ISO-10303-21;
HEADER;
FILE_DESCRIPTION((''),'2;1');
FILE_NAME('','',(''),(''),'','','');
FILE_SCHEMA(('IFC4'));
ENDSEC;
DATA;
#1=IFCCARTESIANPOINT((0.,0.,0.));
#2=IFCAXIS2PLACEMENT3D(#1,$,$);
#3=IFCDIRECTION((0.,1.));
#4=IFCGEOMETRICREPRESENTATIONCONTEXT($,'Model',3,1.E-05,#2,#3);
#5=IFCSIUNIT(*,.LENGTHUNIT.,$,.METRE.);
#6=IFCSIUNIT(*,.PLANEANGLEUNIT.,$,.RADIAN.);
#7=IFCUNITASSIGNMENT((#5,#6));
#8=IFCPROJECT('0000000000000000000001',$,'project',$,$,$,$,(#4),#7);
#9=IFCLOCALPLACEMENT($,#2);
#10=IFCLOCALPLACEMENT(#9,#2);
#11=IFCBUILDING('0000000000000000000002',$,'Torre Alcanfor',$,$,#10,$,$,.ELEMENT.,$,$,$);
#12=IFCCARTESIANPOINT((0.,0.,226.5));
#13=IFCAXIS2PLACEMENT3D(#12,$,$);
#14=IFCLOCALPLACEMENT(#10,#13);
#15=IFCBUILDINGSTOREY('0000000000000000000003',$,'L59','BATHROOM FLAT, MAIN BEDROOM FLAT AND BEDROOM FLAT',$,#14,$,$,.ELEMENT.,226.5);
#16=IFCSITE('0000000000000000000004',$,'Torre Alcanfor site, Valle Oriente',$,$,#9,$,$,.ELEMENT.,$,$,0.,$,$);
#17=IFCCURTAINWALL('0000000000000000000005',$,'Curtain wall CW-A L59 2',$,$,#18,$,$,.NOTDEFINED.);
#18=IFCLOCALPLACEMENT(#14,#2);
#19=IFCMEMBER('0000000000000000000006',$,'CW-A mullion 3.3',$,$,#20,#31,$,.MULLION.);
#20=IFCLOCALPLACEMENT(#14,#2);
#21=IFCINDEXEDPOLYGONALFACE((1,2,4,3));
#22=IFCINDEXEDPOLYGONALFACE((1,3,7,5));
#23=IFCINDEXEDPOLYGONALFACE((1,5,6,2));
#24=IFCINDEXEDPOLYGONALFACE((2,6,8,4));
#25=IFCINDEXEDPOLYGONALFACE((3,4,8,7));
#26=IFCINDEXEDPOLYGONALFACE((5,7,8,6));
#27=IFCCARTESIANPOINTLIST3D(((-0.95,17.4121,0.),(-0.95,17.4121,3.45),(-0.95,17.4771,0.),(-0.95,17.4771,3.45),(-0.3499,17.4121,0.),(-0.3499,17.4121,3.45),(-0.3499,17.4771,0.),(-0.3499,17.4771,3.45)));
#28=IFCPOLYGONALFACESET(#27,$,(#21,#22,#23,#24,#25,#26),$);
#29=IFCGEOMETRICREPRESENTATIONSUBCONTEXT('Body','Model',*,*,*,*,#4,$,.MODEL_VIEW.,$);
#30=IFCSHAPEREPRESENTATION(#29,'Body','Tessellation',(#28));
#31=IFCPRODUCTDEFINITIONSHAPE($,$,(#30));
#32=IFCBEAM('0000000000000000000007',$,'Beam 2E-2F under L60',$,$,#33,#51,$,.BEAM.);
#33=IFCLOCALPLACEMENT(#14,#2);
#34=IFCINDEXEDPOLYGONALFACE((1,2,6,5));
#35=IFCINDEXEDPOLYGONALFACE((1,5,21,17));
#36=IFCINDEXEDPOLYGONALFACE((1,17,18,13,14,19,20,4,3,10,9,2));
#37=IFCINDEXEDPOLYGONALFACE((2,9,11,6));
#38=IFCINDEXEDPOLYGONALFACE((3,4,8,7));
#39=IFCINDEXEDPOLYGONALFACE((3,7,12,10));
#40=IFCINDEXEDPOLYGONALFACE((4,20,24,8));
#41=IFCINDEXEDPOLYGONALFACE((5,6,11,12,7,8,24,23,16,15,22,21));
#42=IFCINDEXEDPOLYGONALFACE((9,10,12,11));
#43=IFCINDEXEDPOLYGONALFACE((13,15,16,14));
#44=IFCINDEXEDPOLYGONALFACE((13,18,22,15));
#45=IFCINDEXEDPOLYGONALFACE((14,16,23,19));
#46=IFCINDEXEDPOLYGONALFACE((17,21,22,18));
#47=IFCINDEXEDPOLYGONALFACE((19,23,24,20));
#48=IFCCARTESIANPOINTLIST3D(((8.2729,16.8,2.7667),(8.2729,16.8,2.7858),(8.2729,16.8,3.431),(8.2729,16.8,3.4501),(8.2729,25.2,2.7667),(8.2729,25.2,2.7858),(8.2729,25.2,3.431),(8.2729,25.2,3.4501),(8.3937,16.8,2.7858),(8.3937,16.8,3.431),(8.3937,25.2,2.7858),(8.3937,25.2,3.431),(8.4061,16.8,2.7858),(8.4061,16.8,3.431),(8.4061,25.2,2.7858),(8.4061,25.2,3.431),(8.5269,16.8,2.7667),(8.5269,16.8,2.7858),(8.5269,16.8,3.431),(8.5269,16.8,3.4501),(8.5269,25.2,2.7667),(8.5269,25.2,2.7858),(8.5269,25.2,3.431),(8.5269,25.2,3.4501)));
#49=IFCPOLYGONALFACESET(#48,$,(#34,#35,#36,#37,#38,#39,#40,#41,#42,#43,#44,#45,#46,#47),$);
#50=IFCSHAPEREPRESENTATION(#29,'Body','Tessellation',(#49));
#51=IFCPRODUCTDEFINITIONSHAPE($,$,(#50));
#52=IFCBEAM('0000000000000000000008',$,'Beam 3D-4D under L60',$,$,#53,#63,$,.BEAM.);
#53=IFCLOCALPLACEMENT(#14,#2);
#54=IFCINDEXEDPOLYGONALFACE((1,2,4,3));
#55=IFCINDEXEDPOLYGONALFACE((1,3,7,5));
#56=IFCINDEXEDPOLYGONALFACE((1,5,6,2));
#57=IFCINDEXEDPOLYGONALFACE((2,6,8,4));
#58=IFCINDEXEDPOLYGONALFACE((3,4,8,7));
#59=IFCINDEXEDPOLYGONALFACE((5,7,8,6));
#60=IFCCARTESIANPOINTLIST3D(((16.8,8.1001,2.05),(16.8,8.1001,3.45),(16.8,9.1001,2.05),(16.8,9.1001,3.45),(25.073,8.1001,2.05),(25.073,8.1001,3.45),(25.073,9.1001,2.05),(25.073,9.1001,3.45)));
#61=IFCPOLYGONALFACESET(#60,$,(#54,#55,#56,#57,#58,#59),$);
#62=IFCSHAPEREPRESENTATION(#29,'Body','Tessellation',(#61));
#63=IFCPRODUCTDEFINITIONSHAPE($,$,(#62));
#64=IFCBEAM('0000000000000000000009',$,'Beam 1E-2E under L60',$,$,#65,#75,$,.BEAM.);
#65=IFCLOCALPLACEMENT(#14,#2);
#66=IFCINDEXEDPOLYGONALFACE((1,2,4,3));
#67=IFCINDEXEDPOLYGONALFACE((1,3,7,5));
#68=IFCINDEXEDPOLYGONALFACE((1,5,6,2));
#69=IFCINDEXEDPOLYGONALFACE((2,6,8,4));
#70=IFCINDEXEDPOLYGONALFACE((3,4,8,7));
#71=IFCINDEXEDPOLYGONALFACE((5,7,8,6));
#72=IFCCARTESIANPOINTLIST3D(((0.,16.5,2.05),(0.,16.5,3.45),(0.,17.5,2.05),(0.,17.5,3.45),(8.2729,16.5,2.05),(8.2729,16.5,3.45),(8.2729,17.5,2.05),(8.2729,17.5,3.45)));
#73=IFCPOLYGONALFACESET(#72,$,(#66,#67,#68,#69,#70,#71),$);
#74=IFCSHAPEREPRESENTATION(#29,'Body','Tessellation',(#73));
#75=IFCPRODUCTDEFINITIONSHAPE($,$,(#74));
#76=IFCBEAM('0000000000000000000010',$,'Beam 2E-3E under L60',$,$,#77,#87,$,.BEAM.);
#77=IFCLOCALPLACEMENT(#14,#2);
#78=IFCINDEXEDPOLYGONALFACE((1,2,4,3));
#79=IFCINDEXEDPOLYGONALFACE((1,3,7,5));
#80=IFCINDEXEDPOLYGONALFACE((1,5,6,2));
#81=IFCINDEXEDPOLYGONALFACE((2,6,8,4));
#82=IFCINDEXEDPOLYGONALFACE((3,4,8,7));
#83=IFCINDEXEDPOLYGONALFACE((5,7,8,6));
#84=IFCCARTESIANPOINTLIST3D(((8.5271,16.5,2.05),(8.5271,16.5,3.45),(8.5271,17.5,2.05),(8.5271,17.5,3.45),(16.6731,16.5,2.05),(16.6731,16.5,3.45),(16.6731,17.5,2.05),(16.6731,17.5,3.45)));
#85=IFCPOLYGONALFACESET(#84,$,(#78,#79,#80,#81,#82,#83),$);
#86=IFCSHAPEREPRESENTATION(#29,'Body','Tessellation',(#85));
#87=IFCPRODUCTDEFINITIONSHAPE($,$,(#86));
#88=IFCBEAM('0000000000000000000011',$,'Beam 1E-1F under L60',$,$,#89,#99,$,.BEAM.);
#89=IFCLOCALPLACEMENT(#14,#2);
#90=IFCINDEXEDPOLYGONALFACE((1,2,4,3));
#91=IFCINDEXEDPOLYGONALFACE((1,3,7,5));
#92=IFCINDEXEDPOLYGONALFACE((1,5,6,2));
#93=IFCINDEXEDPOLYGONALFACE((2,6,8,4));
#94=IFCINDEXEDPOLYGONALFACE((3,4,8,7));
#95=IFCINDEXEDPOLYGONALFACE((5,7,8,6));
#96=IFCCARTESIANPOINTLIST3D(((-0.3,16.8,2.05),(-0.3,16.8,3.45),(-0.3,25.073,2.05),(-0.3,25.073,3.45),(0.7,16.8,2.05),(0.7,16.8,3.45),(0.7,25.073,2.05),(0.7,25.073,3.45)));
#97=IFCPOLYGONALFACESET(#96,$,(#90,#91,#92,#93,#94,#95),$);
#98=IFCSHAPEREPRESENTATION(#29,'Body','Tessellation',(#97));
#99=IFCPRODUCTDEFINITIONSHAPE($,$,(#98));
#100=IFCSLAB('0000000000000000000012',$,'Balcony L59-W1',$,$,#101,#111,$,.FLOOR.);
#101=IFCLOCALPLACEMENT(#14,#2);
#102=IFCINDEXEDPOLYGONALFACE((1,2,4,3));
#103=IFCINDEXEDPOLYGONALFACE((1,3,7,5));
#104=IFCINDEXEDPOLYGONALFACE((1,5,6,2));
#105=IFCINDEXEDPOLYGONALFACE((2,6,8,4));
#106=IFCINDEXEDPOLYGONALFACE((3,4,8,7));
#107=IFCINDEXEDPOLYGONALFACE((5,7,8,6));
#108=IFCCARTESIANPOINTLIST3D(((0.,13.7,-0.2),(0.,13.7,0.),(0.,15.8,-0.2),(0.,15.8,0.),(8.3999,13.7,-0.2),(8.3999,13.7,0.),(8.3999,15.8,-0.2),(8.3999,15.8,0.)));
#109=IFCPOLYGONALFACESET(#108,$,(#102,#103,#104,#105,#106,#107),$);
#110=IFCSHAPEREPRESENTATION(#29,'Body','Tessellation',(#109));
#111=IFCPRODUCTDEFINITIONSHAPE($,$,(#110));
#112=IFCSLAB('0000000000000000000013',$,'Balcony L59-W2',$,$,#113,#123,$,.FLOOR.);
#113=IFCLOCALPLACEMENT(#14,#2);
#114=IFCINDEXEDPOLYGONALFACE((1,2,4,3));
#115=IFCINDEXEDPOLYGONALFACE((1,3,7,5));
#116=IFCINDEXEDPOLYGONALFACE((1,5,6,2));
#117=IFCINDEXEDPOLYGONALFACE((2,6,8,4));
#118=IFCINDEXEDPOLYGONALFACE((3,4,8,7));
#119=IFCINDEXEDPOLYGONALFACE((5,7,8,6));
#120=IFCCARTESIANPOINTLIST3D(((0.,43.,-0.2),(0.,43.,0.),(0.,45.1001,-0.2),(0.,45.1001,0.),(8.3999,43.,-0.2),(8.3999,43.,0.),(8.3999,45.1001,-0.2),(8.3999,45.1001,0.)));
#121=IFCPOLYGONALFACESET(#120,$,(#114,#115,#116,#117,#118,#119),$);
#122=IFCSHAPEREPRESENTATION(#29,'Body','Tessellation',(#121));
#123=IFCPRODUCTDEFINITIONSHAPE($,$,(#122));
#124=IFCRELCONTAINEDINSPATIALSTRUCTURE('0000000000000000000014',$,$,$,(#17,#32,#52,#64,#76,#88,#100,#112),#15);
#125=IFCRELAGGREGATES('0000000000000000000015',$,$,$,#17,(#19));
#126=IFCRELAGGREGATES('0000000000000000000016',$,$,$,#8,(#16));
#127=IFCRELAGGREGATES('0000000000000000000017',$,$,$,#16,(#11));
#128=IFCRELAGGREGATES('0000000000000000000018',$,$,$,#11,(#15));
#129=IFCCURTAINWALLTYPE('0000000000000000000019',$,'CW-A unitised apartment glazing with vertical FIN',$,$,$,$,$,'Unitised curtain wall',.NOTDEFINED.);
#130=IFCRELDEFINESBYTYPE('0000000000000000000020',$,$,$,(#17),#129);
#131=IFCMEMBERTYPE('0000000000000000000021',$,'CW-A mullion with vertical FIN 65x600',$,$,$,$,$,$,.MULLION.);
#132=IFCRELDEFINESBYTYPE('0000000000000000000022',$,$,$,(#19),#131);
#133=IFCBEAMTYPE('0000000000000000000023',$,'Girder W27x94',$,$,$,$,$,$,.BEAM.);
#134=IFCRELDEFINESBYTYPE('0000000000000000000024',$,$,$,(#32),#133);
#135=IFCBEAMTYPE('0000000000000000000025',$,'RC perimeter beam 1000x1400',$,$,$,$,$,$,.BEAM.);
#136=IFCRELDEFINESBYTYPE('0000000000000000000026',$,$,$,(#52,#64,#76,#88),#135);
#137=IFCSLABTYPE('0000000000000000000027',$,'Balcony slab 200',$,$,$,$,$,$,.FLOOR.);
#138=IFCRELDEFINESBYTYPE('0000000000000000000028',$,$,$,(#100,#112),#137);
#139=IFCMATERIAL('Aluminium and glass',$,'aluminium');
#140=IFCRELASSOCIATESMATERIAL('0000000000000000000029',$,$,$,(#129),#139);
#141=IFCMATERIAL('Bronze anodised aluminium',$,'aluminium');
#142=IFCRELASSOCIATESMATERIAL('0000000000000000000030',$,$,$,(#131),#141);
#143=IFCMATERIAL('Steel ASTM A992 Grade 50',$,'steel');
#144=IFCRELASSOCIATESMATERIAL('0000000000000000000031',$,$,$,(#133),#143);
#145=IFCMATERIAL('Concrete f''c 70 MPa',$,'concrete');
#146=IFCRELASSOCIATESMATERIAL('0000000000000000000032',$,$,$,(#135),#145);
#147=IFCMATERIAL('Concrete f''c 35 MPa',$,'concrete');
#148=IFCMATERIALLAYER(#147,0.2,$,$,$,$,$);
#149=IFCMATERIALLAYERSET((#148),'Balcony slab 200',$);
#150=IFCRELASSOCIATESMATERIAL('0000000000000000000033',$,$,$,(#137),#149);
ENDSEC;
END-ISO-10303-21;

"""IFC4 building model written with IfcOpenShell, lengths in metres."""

from ifc_helpers import new_model, si_unit, direction, frame, origin, origin_2d, place, context, subcontext, project, spatial, polyline, rectangle, i_section, outline, extrude, material, layer, layer_set, material_profile, profile_set, type_object, element, aggregate, save


model = new_model("IFC4")

# Units and contexts
model_context = context("Model", 3, precision=1e-05, world=origin(), true_north=direction((0.0, 1.0)))
body_context = subcontext(model_context, "Body", "Model", "MODEL_VIEW")
ifc_project = project(units=[si_unit("LENGTHUNIT", "METRE"), si_unit("PLANEANGLEUNIT", "RADIAN")], contexts=[model_context])

# Site, building, storey
site_placement = place(None, origin())
site = spatial("IfcSite", under=ifc_project, at=site_placement, Name="Torre Alcanfor site, Valle Oriente", CompositionType="ELEMENT", RefElevation=0.0)
building_placement = place(site_placement, origin())
building = spatial("IfcBuilding", under=site, at=building_placement, Name="Torre Alcanfor", CompositionType="ELEMENT")
storey_placement = place(building_placement, frame((0.0, 0.0, 226.5)))
storey = spatial("IfcBuildingStorey", under=building, at=storey_placement, Name="L59", Description="BATHROOM FLAT, MAIN BEDROOM FLAT AND BEDROOM FLAT", CompositionType="ELEMENT", Elevation=226.5)

# Curtain wall, member
ifc_material_1 = material(Name="Aluminium and glass", Category="aluminium")
curtain_wall_type = type_object("IfcCurtainWallType", Name="CW-A unitised apartment glazing with vertical FIN", ElementType="Unitised curtain wall", PredefinedType="NOTDEFINED", material=ifc_material_1)
curtain_wall_placement = place(storey_placement, origin())
curtain_wall = element("IfcCurtainWall", 1, at=curtain_wall_placement, inside=storey, type_object=curtain_wall_type, Name="Curtain wall CW-A L59 2", PredefinedType="NOTDEFINED")
ifc_material_2 = material(Name="Bronze anodised aluminium", Category="aluminium")
ifc_material_profile_1 = material_profile(ifc_material_2, rectangle(XDim=0.6001, YDim=0.0649, at=origin_2d()), Name="CW-A mullion 65x600")
ifc_profile_set_1 = profile_set([ifc_material_profile_1], Name="Bronze anodised aluminium")
member_type = type_object("IfcMemberType", Name="CW-A mullion with vertical FIN 65x600", PredefinedType="MULLION", material=ifc_profile_set_1)
member_placement = place(storey_placement, frame((-0.6499, 17.4446, 0.0), z_axis=(0.0, 0.0, 1.0), x_axis=(1.0, 0.0, 0.0)))
member = element("IfcMember", 2, at=member_placement, type_object=member_type, Name="CW-A mullion 3.3", PredefinedType="MULLION", context=body_context, shape_type="SweptSolid", body=[
    extrude(rectangle(XDim=0.6001, YDim=0.0649, at=origin_2d()), origin(), (0.0, 0.0, 1.0), 3.45),
])
aggregate(curtain_wall, [member])

# Beams
ifc_material_3 = material(Name="Steel ASTM A992 Grade 50", Category="steel")
ifc_material_profile_2 = material_profile(ifc_material_3, i_section(OverallWidth=0.2539, OverallDepth=0.6833, WebThickness=0.0125, FlangeThickness=0.019, at=origin_2d()), Name="W27x94")
ifc_profile_set_2 = profile_set([ifc_material_profile_2], Name="Steel ASTM A992 Grade 50")
beam_type_1 = type_object("IfcBeamType", Name="Girder W27x94", PredefinedType="BEAM", material=ifc_profile_set_2)
beam_1_placement = place(storey_placement, frame((8.3999, 16.8, 3.1084), z_axis=(0.0, 1.0, 0.0), x_axis=(-1.0, 0.0, 0.0)))
element("IfcBeam", 3, at=beam_1_placement, inside=storey, type_object=beam_type_1, Name="Beam 2E-2F under L60", PredefinedType="BEAM", context=body_context, shape_type="SweptSolid", body=[
    extrude(i_section(OverallWidth=0.2539, OverallDepth=0.6833, WebThickness=0.0125, FlangeThickness=0.019, at=origin_2d()), origin(), (0.0, 0.0, 1.0), 8.3999),
])
ifc_material_4 = material(Name="Concrete f'c 70 MPa", Category="concrete")
ifc_material_profile_3 = material_profile(ifc_material_4, rectangle(XDim=1.0, YDim=1.3999, at=origin_2d()), Name="1000x1400")
ifc_profile_set_3 = profile_set([ifc_material_profile_3], Name="Concrete f'c 70 MPa")
beam_type_2 = type_object("IfcBeamType", Name="RC perimeter beam 1000x1400", PredefinedType="BEAM", material=ifc_profile_set_3)
for number, where, z_axis, x_axis, name in (
    (4, (16.8, 8.6001, 2.75), (1.0, 0.0, 0.0), (0.0, 1.0, 0.0), "Beam 3D-4D under L60"),
    (5, (0.0, 17.0, 2.75), (1.0, 0.0, 0.0), (0.0, 1.0, 0.0), "Beam 1E-2E under L60"),
):
    element("IfcBeam", number, at=place(storey_placement, frame(where, z_axis=z_axis, x_axis=x_axis)), inside=storey, type_object=beam_type_2, Name=name, PredefinedType="BEAM", context=body_context, shape_type="SweptSolid", body=[
        extrude(rectangle(XDim=1.0, YDim=1.3999, at=origin_2d()), origin(), (0.0, 0.0, 1.0), 8.2729),
    ])
beam_2_placement = place(storey_placement, frame((8.5271, 17.0, 2.75), z_axis=(1.0, 0.0, 0.0), x_axis=(0.0, 1.0, 0.0)))
element("IfcBeam", 6, at=beam_2_placement, inside=storey, type_object=beam_type_2, Name="Beam 2E-3E under L60", PredefinedType="BEAM", context=body_context, shape_type="SweptSolid", body=[
    extrude(rectangle(XDim=1.0, YDim=1.3999, at=origin_2d()), origin(), (0.0, 0.0, 1.0), 8.146),
])
beam_3_placement = place(storey_placement, frame((0.2, 16.8, 2.75), z_axis=(0.0, 1.0, 0.0), x_axis=(-1.0, 0.0, 0.0)))
element("IfcBeam", 7, at=beam_3_placement, inside=storey, type_object=beam_type_2, Name="Beam 1E-1F under L60", PredefinedType="BEAM", context=body_context, shape_type="SweptSolid", body=[
    extrude(rectangle(XDim=1.0, YDim=1.3999, at=origin_2d()), origin(), (0.0, 0.0, 1.0), 8.2729),
])

# Slabs
ifc_material_5 = material(Name="Concrete f'c 35 MPa", Category="concrete")
ifc_layer_1 = layer(ifc_material_5, 0.2)
ifc_layer_set_1 = layer_set([ifc_layer_1], Name="Balcony slab 200")
slab_type_1 = type_object("IfcSlabType", Name="Balcony slab 200", PredefinedType="FLOOR", material=ifc_layer_set_1)
slab_1_placement = place(storey_placement, frame((0.0, 0.0, -0.2)))
element("IfcSlab", 8, at=slab_1_placement, inside=storey, type_object=slab_type_1, Name="Balcony L59-W1", PredefinedType="FLOOR", context=body_context, shape_type="SweptSolid", body=[
    extrude(outline(polyline([(8.3999, 15.8), (0.0, 15.8), (0.0, 13.7), (8.3999, 13.7), (8.3999, 15.8)])), origin(), (0.0, 0.0, 1.0), 0.2),
])
slab_2_placement = place(storey_placement, frame((0.0, 0.0, -0.2)))
element("IfcSlab", 9, at=slab_2_placement, inside=storey, type_object=slab_type_1, Name="Balcony L59-W2", PredefinedType="FLOOR", context=body_context, shape_type="SweptSolid", body=[
    extrude(outline(polyline([(8.3999, 45.1001), (0.0, 45.1001), (0.0, 43.0), (8.3999, 43.0), (8.3999, 45.1001)])), origin(), (0.0, 0.0, 1.0), 0.2),
])

save(model, "model.ifc")
